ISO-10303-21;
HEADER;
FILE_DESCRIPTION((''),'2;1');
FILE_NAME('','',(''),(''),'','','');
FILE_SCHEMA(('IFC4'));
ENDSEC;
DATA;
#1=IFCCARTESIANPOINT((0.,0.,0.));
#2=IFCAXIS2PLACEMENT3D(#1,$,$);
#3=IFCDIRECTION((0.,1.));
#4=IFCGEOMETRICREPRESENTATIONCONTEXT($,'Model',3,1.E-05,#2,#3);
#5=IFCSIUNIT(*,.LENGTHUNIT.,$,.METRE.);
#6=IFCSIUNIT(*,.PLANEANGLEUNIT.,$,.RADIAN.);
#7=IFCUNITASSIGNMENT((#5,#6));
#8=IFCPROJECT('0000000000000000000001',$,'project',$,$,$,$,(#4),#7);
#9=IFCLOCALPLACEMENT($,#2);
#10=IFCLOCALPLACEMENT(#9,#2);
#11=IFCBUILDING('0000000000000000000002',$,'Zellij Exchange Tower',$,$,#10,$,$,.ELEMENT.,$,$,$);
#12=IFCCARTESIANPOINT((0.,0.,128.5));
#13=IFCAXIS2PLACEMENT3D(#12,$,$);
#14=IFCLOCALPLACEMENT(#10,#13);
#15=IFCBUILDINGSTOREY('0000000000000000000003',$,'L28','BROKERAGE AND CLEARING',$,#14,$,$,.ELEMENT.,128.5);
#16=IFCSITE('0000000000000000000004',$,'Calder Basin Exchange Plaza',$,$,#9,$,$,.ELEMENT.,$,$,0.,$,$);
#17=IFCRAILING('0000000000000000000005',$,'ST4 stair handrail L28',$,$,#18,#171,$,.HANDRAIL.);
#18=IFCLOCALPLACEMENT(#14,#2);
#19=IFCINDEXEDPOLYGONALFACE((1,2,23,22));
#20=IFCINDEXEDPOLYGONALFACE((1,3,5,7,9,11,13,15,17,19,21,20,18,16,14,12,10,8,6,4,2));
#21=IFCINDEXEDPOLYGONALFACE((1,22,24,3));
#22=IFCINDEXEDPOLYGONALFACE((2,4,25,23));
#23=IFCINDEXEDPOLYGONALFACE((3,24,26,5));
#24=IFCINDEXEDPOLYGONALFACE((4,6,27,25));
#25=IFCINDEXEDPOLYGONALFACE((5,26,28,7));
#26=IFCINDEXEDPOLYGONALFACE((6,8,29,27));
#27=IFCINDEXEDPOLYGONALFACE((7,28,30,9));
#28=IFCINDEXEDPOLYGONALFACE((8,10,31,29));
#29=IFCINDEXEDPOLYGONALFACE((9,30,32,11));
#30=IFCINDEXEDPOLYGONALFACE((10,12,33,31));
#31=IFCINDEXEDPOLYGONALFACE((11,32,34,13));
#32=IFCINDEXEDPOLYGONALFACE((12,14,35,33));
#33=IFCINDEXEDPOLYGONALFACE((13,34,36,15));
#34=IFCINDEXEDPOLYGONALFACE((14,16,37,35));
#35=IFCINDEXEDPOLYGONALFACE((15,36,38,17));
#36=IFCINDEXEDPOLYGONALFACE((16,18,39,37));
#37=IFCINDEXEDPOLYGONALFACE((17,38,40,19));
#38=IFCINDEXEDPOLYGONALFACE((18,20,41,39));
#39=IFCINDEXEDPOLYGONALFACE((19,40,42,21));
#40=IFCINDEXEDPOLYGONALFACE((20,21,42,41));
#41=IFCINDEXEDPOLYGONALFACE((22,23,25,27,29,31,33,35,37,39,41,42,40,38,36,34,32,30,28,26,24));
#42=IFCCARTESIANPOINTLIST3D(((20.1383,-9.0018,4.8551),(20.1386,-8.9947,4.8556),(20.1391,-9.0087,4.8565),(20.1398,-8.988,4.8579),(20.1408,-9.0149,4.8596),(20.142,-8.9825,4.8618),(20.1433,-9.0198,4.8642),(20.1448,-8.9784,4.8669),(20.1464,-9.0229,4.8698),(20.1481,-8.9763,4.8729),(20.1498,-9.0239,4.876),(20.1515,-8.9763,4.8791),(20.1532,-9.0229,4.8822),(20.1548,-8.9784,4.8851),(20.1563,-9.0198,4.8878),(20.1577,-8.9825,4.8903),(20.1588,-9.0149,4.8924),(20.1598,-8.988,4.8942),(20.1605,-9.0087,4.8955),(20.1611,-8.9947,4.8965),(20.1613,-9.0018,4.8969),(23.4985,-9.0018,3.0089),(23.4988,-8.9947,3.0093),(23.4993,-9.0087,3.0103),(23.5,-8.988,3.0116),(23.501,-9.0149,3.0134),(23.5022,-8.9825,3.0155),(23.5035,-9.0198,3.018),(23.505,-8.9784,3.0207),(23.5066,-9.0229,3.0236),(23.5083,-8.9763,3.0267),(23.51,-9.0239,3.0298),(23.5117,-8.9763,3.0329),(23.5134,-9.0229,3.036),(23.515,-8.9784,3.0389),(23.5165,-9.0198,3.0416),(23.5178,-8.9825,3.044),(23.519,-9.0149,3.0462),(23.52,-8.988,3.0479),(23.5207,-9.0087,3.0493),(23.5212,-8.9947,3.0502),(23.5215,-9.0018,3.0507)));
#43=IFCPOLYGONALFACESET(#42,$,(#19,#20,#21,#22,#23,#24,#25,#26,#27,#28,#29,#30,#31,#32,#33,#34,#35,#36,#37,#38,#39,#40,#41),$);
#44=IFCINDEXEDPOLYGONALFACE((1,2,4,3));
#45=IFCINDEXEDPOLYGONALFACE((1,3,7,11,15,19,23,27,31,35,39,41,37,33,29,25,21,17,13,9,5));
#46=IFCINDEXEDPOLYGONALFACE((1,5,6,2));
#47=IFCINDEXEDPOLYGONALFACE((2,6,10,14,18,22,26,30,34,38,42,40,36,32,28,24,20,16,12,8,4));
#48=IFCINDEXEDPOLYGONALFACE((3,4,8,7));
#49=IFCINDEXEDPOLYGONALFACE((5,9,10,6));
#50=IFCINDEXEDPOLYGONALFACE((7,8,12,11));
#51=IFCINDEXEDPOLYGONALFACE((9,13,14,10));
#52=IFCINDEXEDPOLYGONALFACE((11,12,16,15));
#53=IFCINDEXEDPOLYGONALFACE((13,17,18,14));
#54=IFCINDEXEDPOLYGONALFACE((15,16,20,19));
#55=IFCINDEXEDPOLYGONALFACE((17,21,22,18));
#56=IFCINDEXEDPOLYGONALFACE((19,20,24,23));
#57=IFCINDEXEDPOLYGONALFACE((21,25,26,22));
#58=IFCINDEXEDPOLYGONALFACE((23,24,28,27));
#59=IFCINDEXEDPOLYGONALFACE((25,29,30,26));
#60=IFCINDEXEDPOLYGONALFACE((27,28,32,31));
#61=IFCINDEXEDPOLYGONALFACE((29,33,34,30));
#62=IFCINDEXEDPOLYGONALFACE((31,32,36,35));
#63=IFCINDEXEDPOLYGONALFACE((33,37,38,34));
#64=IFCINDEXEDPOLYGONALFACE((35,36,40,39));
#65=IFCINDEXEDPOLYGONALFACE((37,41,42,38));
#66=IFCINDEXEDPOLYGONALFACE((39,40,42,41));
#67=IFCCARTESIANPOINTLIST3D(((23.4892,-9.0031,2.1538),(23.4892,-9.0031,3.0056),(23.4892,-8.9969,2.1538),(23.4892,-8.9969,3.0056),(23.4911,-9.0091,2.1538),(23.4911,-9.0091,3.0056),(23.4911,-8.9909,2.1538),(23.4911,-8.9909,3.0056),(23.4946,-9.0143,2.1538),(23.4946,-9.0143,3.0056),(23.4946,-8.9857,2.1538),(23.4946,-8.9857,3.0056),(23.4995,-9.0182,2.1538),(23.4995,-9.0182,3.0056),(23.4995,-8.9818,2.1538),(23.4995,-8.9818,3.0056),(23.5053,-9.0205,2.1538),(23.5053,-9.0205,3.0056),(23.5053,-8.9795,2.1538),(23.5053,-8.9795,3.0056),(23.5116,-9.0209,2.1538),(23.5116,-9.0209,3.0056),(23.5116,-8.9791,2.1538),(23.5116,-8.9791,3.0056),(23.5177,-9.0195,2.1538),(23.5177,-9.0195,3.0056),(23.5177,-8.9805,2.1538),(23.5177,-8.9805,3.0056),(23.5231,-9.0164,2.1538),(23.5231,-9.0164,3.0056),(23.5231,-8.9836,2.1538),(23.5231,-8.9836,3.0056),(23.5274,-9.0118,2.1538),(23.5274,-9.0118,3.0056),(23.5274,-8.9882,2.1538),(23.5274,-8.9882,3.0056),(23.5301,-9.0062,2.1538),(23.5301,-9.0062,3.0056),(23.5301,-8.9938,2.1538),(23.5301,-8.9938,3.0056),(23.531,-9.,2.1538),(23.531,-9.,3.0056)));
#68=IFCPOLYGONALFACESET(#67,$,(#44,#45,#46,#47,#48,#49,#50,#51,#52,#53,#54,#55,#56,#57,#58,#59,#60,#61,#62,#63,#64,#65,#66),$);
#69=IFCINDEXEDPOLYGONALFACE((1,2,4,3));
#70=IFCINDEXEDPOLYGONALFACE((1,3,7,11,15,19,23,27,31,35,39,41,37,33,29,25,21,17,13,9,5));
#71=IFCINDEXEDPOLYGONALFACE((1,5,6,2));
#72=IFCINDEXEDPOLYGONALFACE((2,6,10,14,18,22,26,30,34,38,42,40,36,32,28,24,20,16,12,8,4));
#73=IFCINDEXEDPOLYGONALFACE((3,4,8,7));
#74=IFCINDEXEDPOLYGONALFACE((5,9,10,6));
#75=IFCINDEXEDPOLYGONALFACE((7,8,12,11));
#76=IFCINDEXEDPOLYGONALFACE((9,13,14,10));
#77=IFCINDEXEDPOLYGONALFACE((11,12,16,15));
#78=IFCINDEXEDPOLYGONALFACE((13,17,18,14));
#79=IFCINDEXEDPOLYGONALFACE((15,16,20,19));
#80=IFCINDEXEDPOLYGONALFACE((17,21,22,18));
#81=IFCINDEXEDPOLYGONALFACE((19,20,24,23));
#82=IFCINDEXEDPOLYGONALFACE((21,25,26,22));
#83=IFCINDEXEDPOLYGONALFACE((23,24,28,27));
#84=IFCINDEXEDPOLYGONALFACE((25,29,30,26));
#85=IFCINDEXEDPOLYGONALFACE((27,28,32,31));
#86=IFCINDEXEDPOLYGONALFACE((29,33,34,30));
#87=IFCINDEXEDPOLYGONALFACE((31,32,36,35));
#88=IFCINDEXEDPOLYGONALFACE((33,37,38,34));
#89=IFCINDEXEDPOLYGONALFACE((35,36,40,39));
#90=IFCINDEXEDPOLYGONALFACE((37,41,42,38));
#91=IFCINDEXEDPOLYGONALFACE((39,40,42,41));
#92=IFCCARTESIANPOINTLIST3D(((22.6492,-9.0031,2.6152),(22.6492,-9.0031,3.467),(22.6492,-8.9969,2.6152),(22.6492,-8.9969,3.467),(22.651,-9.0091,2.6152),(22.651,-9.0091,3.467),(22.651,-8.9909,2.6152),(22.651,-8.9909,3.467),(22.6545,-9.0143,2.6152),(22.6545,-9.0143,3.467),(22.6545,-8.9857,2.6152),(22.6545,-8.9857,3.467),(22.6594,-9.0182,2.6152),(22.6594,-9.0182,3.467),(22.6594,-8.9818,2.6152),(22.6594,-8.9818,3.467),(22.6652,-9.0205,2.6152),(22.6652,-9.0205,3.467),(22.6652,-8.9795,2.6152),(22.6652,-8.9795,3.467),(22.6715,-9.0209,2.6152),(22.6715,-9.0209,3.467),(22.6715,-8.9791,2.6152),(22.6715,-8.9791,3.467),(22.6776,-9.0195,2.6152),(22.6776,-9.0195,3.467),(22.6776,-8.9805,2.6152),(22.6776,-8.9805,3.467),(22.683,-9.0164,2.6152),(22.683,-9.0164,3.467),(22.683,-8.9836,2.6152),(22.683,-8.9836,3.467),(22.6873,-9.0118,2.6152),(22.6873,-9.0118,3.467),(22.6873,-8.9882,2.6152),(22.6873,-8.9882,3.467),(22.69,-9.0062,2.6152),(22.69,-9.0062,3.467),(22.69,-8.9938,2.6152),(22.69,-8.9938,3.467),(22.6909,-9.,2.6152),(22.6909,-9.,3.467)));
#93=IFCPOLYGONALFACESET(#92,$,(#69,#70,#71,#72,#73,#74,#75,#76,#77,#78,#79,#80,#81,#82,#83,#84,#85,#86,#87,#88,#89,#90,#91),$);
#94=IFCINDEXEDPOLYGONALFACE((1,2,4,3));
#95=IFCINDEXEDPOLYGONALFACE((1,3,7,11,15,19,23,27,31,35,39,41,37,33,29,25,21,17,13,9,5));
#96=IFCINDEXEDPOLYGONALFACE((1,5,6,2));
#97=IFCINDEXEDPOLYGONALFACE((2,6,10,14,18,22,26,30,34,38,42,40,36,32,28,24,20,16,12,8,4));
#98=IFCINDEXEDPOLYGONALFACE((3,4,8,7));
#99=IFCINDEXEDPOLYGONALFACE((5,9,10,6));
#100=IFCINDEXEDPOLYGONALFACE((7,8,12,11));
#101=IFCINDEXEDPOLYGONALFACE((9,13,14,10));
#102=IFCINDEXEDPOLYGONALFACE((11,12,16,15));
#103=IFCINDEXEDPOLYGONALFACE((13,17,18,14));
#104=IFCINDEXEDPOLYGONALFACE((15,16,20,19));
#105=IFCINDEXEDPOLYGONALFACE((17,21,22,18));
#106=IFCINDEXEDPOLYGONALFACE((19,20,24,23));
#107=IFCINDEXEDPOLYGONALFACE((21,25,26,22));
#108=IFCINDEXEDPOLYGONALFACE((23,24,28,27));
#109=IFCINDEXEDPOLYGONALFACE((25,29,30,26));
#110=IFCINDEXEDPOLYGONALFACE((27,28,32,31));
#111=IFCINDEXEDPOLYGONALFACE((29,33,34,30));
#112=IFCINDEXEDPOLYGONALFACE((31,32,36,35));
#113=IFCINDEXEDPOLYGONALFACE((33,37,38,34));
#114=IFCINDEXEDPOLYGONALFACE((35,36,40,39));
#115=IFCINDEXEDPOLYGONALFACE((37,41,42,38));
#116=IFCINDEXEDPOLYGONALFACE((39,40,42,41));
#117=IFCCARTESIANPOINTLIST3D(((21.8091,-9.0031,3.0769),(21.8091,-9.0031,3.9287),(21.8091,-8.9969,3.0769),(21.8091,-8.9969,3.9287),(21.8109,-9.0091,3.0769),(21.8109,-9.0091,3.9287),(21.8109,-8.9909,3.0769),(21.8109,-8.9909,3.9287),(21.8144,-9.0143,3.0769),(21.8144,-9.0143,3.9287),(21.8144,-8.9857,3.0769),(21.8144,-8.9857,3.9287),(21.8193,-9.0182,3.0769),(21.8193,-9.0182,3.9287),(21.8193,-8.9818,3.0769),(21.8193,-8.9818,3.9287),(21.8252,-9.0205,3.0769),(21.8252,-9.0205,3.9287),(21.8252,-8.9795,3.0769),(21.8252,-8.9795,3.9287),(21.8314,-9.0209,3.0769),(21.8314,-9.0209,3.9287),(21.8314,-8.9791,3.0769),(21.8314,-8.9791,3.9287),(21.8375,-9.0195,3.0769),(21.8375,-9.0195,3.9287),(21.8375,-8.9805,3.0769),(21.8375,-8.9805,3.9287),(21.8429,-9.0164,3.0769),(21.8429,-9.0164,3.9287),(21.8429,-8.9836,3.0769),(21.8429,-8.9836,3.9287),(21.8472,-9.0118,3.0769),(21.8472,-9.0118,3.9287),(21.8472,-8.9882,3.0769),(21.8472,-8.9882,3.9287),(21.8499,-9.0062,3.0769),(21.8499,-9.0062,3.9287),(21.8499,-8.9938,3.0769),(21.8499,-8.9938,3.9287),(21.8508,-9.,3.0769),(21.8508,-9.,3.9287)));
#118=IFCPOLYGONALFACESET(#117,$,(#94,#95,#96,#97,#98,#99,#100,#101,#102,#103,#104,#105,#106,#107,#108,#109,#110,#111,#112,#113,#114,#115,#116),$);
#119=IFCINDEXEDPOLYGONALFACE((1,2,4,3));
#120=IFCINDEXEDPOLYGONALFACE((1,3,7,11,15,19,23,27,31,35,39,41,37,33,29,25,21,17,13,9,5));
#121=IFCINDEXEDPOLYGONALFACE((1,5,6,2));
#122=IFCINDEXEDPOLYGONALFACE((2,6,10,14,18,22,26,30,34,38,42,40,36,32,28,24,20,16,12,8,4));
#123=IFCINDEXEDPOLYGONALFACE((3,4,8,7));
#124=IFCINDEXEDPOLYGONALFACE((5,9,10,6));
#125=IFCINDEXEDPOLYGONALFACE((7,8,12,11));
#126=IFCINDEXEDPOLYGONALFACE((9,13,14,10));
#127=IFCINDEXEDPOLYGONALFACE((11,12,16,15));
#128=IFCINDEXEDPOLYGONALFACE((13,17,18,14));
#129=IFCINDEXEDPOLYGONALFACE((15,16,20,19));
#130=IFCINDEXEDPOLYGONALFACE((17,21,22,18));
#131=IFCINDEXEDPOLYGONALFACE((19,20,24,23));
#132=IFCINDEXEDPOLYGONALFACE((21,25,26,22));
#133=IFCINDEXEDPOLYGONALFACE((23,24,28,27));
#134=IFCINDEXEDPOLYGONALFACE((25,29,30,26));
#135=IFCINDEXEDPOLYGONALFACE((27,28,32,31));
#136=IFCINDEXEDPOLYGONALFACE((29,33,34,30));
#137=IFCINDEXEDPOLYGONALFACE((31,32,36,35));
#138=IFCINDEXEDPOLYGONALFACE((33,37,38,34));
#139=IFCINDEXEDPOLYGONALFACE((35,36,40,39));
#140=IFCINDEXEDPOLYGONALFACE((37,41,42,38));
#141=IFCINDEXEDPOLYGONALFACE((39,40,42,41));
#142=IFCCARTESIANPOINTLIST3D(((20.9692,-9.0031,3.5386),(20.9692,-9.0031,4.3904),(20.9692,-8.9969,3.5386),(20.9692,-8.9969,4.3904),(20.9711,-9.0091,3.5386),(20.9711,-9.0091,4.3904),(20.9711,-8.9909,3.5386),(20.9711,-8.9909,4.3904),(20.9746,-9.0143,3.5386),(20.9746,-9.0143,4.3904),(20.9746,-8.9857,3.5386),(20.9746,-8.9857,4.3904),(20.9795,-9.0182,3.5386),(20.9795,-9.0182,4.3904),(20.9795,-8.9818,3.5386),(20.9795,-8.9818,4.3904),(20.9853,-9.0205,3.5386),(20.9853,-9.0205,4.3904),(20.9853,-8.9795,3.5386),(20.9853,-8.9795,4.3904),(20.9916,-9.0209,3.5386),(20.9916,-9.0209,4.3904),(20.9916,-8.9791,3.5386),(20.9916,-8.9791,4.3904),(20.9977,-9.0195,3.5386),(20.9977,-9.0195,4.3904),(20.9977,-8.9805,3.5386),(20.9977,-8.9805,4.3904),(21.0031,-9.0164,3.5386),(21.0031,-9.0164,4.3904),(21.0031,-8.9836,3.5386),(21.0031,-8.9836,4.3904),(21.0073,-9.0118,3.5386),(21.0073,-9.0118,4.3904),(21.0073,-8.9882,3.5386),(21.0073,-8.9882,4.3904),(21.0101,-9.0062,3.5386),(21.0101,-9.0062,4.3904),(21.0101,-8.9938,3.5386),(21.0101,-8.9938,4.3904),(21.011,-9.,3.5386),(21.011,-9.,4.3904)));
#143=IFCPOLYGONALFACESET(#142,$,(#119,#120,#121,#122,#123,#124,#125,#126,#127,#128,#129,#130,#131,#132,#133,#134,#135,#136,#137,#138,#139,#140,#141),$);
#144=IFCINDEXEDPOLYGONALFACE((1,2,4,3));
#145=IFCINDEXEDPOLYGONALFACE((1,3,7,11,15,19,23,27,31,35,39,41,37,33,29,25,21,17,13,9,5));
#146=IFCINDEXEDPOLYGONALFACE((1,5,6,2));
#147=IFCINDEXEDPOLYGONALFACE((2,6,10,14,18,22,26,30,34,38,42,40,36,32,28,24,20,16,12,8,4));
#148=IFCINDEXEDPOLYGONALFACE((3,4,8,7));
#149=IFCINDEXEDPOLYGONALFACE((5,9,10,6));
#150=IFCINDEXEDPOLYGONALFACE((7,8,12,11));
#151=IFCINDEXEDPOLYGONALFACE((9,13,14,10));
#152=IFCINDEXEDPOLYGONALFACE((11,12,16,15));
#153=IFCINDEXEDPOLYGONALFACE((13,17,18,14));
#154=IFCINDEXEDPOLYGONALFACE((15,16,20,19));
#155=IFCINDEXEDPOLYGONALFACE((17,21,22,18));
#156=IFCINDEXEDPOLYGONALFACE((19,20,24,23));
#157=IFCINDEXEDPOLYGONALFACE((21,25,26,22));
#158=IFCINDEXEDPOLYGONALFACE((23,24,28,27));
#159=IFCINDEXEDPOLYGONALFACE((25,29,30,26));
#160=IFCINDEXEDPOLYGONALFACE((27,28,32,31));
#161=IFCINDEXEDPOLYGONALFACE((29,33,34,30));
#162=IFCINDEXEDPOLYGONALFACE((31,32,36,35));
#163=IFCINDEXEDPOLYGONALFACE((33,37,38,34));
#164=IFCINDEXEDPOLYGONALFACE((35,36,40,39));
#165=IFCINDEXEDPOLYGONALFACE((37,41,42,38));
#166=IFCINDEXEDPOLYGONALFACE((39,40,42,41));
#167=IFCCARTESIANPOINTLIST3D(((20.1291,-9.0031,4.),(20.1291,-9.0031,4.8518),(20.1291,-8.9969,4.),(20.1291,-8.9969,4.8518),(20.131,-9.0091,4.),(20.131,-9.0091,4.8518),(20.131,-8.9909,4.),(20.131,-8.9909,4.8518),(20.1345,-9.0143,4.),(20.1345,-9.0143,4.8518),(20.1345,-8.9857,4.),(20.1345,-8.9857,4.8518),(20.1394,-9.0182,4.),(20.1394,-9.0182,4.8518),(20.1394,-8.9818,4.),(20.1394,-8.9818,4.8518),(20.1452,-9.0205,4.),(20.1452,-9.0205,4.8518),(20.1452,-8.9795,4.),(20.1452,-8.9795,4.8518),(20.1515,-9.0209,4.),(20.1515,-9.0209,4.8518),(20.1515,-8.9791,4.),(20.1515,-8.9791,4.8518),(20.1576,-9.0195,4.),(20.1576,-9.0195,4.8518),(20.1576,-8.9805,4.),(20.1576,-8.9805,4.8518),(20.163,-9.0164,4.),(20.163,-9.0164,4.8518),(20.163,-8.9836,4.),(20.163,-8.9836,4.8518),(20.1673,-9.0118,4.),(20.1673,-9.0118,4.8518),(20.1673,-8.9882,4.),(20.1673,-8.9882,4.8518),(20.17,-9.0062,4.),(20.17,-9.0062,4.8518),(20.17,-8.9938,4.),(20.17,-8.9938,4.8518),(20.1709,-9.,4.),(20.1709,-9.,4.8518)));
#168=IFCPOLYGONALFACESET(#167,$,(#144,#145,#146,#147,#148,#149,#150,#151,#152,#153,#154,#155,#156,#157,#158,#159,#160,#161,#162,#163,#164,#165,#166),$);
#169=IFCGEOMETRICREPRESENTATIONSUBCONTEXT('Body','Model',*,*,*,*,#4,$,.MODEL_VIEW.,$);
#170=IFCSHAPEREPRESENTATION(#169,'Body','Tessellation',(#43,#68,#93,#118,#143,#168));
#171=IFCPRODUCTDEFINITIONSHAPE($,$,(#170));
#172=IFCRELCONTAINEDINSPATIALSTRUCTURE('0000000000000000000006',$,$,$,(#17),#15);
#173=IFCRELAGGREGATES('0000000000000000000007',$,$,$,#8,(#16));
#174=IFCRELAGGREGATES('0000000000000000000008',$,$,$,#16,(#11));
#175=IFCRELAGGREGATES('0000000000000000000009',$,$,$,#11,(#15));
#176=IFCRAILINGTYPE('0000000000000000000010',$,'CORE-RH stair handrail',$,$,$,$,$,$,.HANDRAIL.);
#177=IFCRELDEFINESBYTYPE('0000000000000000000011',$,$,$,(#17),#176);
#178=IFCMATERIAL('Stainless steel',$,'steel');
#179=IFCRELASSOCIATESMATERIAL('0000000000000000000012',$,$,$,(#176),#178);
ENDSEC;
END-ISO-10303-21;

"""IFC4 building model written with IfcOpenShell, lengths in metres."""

from ifc_helpers import new_model, si_unit, direction, frame, origin, origin_2d, place, context, subcontext, project, spatial, circle, extrude, material, type_object, element, save


model = new_model("IFC4")

# Units and contexts
model_context = context("Model", 3, precision=1e-05, world=origin(), true_north=direction((0.0, 1.0)))
body_context = subcontext(model_context, "Body", "Model", "MODEL_VIEW")
ifc_project = project(units=[si_unit("LENGTHUNIT", "METRE"), si_unit("PLANEANGLEUNIT", "RADIAN")], contexts=[model_context])

# Site, building, storey
site_placement = place(None, origin())
site = spatial("IfcSite", under=ifc_project, at=site_placement, Name="Calder Basin Exchange Plaza", CompositionType="ELEMENT", RefElevation=0.0)
building_placement = place(site_placement, origin())
building = spatial("IfcBuilding", under=site, at=building_placement, Name="Zellij Exchange Tower", CompositionType="ELEMENT")
storey_placement = place(building_placement, frame((0.0, 0.0, 128.5)))
storey = spatial("IfcBuildingStorey", under=building, at=storey_placement, Name="L28", Description="BROKERAGE AND CLEARING", CompositionType="ELEMENT", Elevation=128.5)

# Railing
ifc_material_1 = material(Name="Stainless steel", Category="steel")
railing_type = type_object("IfcRailingType", Name="CORE-RH stair handrail", PredefinedType="HANDRAIL", material=ifc_material_1)
railing_placement = place(storey_placement, frame((23.51, -9.0, 2.1538)))
element("IfcRailing", 1, at=railing_placement, inside=storey, type_object=railing_type, Name="ST4 stair handrail L28", PredefinedType="HANDRAIL", context=body_context, shape_type="SweptSolid", body=[
    extrude(circle(Radius=0.0239, at=origin_2d()), frame((0.0, 0.0, 0.876), z_axis=(-0.876422, 0.0, 0.481545), x_axis=(0.0, -1.0, 0.0)), (0.0, 0.0, 1.0), 3.834),
    extrude(circle(Radius=0.021, at=origin_2d()), origin(), (0.0, 0.0, 1.0), 0.8518),
    extrude(circle(Radius=0.021, at=origin_2d()), frame((-0.8401, 0.0, 0.4614)), (0.0, 0.0, 1.0), 0.8518),
    extrude(circle(Radius=0.021, at=origin_2d()), frame((-1.6802, 0.0, 0.9231)), (0.0, 0.0, 1.0), 0.8518),
    extrude(circle(Radius=0.021, at=origin_2d()), frame((-2.52, 0.0, 1.3848)), (0.0, 0.0, 1.0), 0.8518),
    extrude(circle(Radius=0.021, at=origin_2d()), frame((-3.3601, 0.0, 1.8462)), (0.0, 0.0, 1.0), 0.8518),
])

save(model, "model.ifc")
